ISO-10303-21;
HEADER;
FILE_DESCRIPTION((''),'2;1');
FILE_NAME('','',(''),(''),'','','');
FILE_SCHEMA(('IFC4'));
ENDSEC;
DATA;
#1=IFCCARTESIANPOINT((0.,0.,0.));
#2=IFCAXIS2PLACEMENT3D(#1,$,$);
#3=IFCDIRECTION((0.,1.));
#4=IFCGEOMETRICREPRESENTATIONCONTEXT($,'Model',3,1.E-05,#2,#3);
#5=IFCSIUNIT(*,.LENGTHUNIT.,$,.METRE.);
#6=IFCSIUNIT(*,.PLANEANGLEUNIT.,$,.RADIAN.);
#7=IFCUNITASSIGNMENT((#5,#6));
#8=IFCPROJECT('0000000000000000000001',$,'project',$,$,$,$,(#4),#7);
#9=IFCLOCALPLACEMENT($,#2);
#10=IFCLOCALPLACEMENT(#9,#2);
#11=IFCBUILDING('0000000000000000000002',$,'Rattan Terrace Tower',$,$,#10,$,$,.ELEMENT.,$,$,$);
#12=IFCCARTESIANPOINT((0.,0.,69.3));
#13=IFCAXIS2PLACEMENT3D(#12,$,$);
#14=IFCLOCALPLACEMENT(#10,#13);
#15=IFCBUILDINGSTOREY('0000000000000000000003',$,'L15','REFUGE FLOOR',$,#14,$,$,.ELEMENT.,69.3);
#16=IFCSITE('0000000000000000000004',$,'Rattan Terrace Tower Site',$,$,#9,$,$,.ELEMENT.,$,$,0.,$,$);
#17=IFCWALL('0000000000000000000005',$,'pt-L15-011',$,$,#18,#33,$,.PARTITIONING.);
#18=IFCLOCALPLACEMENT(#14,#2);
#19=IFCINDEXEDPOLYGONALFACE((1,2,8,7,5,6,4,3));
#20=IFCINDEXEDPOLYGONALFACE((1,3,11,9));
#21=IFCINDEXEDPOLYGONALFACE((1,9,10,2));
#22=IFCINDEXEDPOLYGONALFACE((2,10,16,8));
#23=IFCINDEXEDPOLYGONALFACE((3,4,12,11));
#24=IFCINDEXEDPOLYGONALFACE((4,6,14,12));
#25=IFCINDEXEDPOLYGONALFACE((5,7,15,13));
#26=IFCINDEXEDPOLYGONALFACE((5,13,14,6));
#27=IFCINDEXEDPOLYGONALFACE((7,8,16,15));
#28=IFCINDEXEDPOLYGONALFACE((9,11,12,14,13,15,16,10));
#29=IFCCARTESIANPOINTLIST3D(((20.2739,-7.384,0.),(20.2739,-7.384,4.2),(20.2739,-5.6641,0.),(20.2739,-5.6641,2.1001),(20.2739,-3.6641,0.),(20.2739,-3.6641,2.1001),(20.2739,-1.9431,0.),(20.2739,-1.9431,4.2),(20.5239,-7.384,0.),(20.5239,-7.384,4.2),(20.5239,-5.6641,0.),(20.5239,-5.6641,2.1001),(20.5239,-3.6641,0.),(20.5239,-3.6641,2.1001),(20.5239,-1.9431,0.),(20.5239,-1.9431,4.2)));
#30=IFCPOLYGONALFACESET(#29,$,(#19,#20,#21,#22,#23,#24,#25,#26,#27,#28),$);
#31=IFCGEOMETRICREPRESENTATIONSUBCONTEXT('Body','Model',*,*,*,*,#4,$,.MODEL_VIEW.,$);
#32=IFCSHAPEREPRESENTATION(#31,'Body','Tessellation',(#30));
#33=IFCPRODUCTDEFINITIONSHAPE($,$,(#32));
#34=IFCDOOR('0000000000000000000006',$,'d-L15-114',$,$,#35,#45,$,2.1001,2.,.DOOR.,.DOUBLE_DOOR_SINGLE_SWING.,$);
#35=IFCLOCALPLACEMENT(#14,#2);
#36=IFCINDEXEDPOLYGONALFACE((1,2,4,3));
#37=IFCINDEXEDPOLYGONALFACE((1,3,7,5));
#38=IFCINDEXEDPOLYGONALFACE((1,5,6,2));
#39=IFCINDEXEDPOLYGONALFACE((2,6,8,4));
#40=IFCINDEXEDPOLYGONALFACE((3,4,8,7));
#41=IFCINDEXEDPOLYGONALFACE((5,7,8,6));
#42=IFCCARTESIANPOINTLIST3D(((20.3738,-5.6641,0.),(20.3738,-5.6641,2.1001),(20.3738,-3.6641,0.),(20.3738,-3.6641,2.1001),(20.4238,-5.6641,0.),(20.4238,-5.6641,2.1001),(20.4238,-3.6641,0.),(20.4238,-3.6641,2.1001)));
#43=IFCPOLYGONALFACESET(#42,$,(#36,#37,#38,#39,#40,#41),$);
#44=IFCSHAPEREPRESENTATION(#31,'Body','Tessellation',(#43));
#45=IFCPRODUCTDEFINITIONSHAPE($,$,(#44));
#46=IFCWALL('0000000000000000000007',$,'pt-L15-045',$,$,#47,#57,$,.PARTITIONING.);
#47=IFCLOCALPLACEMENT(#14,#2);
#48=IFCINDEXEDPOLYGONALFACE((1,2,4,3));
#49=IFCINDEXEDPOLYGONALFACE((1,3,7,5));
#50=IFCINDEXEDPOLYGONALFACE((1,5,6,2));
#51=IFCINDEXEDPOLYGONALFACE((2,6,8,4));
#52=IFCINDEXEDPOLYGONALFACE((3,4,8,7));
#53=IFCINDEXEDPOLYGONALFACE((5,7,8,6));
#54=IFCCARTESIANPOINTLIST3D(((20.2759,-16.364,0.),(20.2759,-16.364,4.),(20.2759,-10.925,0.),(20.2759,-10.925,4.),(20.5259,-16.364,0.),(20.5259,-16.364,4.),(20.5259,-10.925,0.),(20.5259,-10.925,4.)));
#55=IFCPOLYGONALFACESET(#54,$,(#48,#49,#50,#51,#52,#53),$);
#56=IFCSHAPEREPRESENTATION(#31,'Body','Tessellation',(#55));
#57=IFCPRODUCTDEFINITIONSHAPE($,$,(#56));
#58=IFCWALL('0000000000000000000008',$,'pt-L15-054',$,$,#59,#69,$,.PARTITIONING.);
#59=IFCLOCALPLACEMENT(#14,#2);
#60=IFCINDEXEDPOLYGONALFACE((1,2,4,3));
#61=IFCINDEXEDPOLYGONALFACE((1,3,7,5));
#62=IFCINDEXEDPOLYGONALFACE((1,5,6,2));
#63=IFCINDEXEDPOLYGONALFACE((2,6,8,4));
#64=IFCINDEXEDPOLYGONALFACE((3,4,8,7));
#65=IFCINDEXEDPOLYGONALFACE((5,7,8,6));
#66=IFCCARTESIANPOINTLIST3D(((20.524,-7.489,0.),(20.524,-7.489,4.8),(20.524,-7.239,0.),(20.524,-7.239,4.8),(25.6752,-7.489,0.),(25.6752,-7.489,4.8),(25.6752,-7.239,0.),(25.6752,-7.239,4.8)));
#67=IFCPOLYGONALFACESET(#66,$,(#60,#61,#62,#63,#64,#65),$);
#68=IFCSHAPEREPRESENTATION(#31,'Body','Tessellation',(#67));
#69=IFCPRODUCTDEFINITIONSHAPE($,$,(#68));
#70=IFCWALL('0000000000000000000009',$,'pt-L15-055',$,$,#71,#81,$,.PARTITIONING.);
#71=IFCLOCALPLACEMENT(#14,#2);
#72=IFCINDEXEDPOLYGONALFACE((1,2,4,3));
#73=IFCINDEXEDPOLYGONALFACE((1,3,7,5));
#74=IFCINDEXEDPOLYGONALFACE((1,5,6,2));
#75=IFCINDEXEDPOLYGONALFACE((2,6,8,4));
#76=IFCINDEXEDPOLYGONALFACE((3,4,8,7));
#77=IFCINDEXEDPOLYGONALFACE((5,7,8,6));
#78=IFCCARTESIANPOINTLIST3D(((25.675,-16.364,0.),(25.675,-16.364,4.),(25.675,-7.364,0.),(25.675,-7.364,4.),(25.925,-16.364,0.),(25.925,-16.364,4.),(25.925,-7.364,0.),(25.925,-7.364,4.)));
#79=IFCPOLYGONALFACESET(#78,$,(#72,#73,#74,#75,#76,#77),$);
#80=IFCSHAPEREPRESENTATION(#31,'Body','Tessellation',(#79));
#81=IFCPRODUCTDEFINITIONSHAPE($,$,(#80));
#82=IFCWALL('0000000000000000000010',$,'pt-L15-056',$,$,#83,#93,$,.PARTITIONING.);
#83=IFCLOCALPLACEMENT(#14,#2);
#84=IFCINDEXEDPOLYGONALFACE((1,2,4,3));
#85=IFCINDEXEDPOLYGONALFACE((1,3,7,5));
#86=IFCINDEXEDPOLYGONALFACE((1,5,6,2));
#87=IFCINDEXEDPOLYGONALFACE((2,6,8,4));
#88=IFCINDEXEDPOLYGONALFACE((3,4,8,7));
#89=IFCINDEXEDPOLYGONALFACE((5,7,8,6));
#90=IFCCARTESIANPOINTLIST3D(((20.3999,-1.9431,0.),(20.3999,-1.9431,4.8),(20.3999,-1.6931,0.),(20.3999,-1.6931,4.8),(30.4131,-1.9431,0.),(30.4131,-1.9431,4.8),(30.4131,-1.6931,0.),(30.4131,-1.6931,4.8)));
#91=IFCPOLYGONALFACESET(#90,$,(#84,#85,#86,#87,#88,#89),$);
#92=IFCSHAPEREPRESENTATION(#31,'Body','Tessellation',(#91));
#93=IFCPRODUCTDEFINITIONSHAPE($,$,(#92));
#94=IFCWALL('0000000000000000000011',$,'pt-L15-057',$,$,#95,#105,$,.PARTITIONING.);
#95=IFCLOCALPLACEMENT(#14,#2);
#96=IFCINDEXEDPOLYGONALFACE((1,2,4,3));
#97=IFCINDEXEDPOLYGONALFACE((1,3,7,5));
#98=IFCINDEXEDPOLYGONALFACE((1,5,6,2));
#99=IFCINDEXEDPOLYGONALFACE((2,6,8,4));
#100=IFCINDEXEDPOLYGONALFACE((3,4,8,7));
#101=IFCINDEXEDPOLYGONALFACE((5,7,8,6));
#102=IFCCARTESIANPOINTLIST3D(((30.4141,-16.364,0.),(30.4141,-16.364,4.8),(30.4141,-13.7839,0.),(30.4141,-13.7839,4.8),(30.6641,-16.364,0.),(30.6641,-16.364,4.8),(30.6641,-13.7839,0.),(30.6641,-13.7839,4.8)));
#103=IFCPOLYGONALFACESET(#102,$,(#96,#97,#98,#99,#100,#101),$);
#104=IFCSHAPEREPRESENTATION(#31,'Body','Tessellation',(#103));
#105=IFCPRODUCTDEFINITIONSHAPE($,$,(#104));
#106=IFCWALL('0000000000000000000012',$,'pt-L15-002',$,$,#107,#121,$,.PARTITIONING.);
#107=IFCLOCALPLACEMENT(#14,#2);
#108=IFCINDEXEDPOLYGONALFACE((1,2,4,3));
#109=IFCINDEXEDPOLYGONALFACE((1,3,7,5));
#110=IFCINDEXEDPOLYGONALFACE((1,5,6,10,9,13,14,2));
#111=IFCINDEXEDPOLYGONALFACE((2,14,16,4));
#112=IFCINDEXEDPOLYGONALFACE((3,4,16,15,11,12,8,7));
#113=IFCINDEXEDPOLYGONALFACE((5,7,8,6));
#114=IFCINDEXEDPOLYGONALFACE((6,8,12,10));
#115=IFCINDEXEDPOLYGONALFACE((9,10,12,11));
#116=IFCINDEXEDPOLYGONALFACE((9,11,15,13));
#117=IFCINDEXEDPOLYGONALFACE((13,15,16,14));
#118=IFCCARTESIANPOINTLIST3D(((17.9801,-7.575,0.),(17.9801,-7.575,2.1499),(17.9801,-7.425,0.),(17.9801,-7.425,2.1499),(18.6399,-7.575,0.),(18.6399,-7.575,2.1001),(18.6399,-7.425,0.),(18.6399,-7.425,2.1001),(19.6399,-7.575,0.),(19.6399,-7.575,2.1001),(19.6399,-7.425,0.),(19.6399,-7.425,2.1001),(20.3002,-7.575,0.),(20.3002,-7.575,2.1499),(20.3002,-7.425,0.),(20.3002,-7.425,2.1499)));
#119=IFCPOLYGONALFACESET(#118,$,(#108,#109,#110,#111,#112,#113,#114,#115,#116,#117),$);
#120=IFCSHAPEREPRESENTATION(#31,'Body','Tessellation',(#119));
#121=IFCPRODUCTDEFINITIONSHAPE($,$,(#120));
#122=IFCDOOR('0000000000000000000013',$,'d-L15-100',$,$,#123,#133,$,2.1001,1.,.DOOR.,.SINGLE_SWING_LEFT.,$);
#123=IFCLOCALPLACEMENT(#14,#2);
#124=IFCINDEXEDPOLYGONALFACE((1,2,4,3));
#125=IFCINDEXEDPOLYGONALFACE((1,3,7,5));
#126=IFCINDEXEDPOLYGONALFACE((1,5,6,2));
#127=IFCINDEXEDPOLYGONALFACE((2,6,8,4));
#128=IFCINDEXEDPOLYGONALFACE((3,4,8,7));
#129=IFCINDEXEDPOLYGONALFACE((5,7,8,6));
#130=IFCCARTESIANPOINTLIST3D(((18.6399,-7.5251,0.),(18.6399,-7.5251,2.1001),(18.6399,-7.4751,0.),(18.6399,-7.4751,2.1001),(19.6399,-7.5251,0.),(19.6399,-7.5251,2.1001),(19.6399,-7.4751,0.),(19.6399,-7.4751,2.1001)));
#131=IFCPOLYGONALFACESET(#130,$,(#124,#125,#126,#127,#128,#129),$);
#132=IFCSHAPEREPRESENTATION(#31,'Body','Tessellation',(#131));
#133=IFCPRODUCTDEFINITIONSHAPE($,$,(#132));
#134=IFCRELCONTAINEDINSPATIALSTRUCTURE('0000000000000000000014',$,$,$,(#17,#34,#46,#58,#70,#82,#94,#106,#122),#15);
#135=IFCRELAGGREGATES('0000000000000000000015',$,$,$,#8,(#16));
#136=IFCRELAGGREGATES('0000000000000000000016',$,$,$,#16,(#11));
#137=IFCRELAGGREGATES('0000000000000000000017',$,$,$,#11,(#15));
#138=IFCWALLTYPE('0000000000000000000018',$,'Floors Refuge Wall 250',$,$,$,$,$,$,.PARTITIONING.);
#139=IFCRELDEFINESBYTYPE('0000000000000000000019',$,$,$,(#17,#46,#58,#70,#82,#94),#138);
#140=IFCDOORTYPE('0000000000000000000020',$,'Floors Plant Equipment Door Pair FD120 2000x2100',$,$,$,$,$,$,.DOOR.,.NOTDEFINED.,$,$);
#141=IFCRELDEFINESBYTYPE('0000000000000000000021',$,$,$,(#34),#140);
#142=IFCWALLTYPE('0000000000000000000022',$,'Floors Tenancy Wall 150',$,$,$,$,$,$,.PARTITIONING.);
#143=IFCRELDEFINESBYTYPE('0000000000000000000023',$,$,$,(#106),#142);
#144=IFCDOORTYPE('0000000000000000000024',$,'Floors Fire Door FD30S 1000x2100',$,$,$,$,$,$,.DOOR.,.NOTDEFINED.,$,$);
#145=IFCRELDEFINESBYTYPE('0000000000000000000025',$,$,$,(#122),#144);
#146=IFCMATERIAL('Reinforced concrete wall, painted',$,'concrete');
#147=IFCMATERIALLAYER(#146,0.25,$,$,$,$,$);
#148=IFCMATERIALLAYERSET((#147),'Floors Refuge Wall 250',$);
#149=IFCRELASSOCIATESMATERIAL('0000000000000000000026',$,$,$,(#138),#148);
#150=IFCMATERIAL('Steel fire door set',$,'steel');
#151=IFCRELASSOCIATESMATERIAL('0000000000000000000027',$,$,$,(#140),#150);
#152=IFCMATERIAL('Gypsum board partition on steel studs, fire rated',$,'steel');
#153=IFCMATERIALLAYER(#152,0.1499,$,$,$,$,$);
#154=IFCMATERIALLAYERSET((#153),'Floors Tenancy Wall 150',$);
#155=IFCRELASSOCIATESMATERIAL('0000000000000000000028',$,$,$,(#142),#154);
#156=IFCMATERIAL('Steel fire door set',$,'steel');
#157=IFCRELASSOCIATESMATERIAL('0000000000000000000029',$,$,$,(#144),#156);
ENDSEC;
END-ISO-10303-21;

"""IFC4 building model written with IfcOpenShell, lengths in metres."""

from ifc_helpers import new_model, si_unit, direction, frame, frame_2d, origin, place, context, subcontext, project, spatial, rectangle, extrude, material, layer, layer_set, type_object, element, fill, save


model = new_model("IFC4")

# Units and contexts
model_context = context("Model", 3, precision=1e-05, world=origin(), true_north=direction((0.0, 1.0)))
body_context = subcontext(model_context, "Body", "Model", "MODEL_VIEW")
ifc_project = project(units=[si_unit("LENGTHUNIT", "METRE"), si_unit("PLANEANGLEUNIT", "RADIAN")], contexts=[model_context])

# Site, building, storey
site_placement = place(None, origin())
site = spatial("IfcSite", under=ifc_project, at=site_placement, Name="Rattan Terrace Tower Site", CompositionType="ELEMENT", RefElevation=0.0)
building_placement = place(site_placement, origin())
building = spatial("IfcBuilding", under=site, at=building_placement, Name="Rattan Terrace Tower", CompositionType="ELEMENT")
storey_placement = place(building_placement, frame((0.0, 0.0, 69.3)))
storey = spatial("IfcBuildingStorey", under=building, at=storey_placement, Name="L15", Description="REFUGE FLOOR", CompositionType="ELEMENT", Elevation=69.3)

# Wall, opening, door
ifc_material_1 = material(Name="Reinforced concrete wall, painted", Category="concrete")
ifc_layer_1 = layer(ifc_material_1, 0.25)
ifc_layer_set_1 = layer_set([ifc_layer_1], Name="Floors Refuge Wall 250")
wall_type_1 = type_object("IfcWallType", Name="Floors Refuge Wall 250", PredefinedType="PARTITIONING", material=ifc_layer_set_1)
ifc_material_2 = material(Name="Steel fire door set", Category="steel")
door_type_1 = type_object("IfcDoorType", Name="Floors Plant Equipment Door Pair FD120 2000x2100", OperationType="NOTDEFINED", PredefinedType="DOOR", material=ifc_material_2)
wall_1_placement = place(storey_placement, frame((20.3989, -1.9431, 0.0), z_axis=(0.0, 0.0, 1.0), x_axis=(0.0, -1.0, 0.0)))
wall_1 = element("IfcWall", 1, at=wall_1_placement, inside=storey, type_object=wall_type_1, Name="pt-L15-011", PredefinedType="PARTITIONING", context=body_context, shape_type="SweptSolid", body=[
    extrude(rectangle(XDim=5.4409, YDim=0.25, at=frame_2d((2.7205, 0.0))), origin(), (0.0, 0.0, 1.0), 4.2),
])
opening_1_placement = place(wall_1_placement, frame((1.7209, 0.0, 0.0)))
opening_1 = element("IfcOpeningElement", 2, at=opening_1_placement, cuts=wall_1, PredefinedType="OPENING", context=body_context, shape_type="SweptSolid", body=[
    extrude(rectangle(XDim=2.0, YDim=2.1001, at=frame_2d((1.0, 1.05))), frame((0.0, 0.1355, 0.0), z_axis=(0.0, -1.0, 0.0), x_axis=(1.0, 0.0, 0.0)), (0.0, 0.0, 1.0), 0.271),
])
door_1_placement = place(opening_1_placement, origin())
door_1 = element("IfcDoor", 3, at=door_1_placement, inside=storey, type_object=door_type_1, Name="d-L15-114", OperationType="DOUBLE_DOOR_SINGLE_SWING", OverallHeight=2.1001, OverallWidth=2.0, PredefinedType="DOOR", context=body_context, shape_type="SweptSolid", body=[
    extrude(rectangle(XDim=2.0, YDim=2.1001, at=frame_2d((1.0, 1.05))), frame((0.0, 0.0249, 0.0), z_axis=(0.0, -1.0, 0.0), x_axis=(1.0, 0.0, 0.0)), (0.0, 0.0, 1.0), 0.05),
])
fill(opening_1, door_1)

# Walls
wall_2_placement = place(storey_placement, frame((20.4009, -10.925, 0.0), z_axis=(0.0, 0.0, 1.0), x_axis=(0.0, -1.0, 0.0)))
element("IfcWall", 4, at=wall_2_placement, inside=storey, type_object=wall_type_1, Name="pt-L15-045", PredefinedType="PARTITIONING", context=body_context, shape_type="SweptSolid", body=[
    extrude(rectangle(XDim=5.439, YDim=0.25, at=frame_2d((2.7195, 0.0))), origin(), (0.0, 0.0, 1.0), 4.0),
])
wall_3_placement = place(storey_placement, frame((20.5239, -7.364, 0.0), z_axis=(0.0, 0.0, 1.0), x_axis=(1.0, 0.0, 0.0)))
element("IfcWall", 5, at=wall_3_placement, inside=storey, type_object=wall_type_1, Name="pt-L15-054", PredefinedType="PARTITIONING", context=body_context, shape_type="SweptSolid", body=[
    extrude(rectangle(XDim=5.1511, YDim=0.25, at=frame_2d((2.5757, 0.0))), origin(), (0.0, 0.0, 1.0), 4.8),
])
wall_4_placement = place(storey_placement, frame((25.8, -7.364, 0.0), z_axis=(0.0, 0.0, 1.0), x_axis=(0.0, -1.0, 0.0)))
element("IfcWall", 6, at=wall_4_placement, inside=storey, type_object=wall_type_1, Name="pt-L15-055", PredefinedType="PARTITIONING", context=body_context, shape_type="SweptSolid", body=[
    extrude(rectangle(XDim=9.0, YDim=0.25, at=frame_2d((4.5, 0.0))), origin(), (0.0, 0.0, 1.0), 4.0),
])
wall_5_placement = place(storey_placement, frame((20.3999, -1.8181, 0.0), z_axis=(0.0, 0.0, 1.0), x_axis=(1.0, 0.0, 0.0)))
element("IfcWall", 7, at=wall_5_placement, inside=storey, type_object=wall_type_1, Name="pt-L15-056", PredefinedType="PARTITIONING", context=body_context, shape_type="SweptSolid", body=[
    extrude(rectangle(XDim=10.0132, YDim=0.25, at=frame_2d((5.0066, 0.0))), origin(), (0.0, 0.0, 1.0), 4.8),
])
wall_6_placement = place(storey_placement, frame((30.5391, -13.7839, 0.0), z_axis=(0.0, 0.0, 1.0), x_axis=(0.0, -1.0, 0.0)))
element("IfcWall", 8, at=wall_6_placement, inside=storey, type_object=wall_type_1, Name="pt-L15-057", PredefinedType="PARTITIONING", context=body_context, shape_type="SweptSolid", body=[
    extrude(rectangle(XDim=2.5801, YDim=0.25, at=frame_2d((1.29, 0.0))), origin(), (0.0, 0.0, 1.0), 4.8),
])

# Wall, opening, door
ifc_material_3 = material(Name="Gypsum board partition on steel studs, fire rated", Category="steel")
ifc_layer_2 = layer(ifc_material_3, 0.1499)
ifc_layer_set_2 = layer_set([ifc_layer_2], Name="Floors Tenancy Wall 150")
wall_type_2 = type_object("IfcWallType", Name="Floors Tenancy Wall 150", PredefinedType="PARTITIONING", material=ifc_layer_set_2)
wall_7_placement = place(storey_placement, frame((17.98, -7.5, 0.0), z_axis=(0.0, 0.0, 1.0), x_axis=(1.0, 0.0, 0.0)))
wall_7 = element("IfcWall", 9, at=wall_7_placement, inside=storey, type_object=wall_type_2, Name="pt-L15-002", PredefinedType="PARTITIONING", context=body_context, shape_type="SweptSolid", body=[
    extrude(rectangle(XDim=2.3201, YDim=0.1499, at=frame_2d((1.1602, 0.0))), origin(), (0.0, 0.0, 1.0), 2.1499),
])
opening_2_placement = place(wall_7_placement, frame((0.6599, 0.0, 0.0)))
opening_2 = element("IfcOpeningElement", 10, at=opening_2_placement, cuts=wall_7, PredefinedType="OPENING", context=body_context, shape_type="SweptSolid", body=[
    extrude(rectangle(XDim=1.0, YDim=2.1001, at=frame_2d((0.5, 1.05))), frame((0.0, 0.0854, 0.0), z_axis=(0.0, -1.0, 0.0), x_axis=(1.0, 0.0, 0.0)), (0.0, 0.0, 1.0), 0.1709),
])
ifc_material_4 = material(Name="Steel fire door set", Category="steel")
door_type_2 = type_object("IfcDoorType", Name="Floors Fire Door FD30S 1000x2100", OperationType="NOTDEFINED", PredefinedType="DOOR", material=ifc_material_4)
door_2_placement = place(opening_2_placement, origin())
door_2 = element("IfcDoor", 11, at=door_2_placement, inside=storey, type_object=door_type_2, Name="d-L15-100", OperationType="SINGLE_SWING_LEFT", OverallHeight=2.1001, OverallWidth=1.0, PredefinedType="DOOR", context=body_context, shape_type="SweptSolid", body=[
    extrude(rectangle(XDim=1.0, YDim=2.1001, at=frame_2d((0.5, 1.05))), frame((0.0, 0.0249, 0.0), z_axis=(0.0, -1.0, 0.0), x_axis=(1.0, 0.0, 0.0)), (0.0, 0.0, 1.0), 0.05),
])
fill(opening_2, door_2)

save(model, "model.ifc")
